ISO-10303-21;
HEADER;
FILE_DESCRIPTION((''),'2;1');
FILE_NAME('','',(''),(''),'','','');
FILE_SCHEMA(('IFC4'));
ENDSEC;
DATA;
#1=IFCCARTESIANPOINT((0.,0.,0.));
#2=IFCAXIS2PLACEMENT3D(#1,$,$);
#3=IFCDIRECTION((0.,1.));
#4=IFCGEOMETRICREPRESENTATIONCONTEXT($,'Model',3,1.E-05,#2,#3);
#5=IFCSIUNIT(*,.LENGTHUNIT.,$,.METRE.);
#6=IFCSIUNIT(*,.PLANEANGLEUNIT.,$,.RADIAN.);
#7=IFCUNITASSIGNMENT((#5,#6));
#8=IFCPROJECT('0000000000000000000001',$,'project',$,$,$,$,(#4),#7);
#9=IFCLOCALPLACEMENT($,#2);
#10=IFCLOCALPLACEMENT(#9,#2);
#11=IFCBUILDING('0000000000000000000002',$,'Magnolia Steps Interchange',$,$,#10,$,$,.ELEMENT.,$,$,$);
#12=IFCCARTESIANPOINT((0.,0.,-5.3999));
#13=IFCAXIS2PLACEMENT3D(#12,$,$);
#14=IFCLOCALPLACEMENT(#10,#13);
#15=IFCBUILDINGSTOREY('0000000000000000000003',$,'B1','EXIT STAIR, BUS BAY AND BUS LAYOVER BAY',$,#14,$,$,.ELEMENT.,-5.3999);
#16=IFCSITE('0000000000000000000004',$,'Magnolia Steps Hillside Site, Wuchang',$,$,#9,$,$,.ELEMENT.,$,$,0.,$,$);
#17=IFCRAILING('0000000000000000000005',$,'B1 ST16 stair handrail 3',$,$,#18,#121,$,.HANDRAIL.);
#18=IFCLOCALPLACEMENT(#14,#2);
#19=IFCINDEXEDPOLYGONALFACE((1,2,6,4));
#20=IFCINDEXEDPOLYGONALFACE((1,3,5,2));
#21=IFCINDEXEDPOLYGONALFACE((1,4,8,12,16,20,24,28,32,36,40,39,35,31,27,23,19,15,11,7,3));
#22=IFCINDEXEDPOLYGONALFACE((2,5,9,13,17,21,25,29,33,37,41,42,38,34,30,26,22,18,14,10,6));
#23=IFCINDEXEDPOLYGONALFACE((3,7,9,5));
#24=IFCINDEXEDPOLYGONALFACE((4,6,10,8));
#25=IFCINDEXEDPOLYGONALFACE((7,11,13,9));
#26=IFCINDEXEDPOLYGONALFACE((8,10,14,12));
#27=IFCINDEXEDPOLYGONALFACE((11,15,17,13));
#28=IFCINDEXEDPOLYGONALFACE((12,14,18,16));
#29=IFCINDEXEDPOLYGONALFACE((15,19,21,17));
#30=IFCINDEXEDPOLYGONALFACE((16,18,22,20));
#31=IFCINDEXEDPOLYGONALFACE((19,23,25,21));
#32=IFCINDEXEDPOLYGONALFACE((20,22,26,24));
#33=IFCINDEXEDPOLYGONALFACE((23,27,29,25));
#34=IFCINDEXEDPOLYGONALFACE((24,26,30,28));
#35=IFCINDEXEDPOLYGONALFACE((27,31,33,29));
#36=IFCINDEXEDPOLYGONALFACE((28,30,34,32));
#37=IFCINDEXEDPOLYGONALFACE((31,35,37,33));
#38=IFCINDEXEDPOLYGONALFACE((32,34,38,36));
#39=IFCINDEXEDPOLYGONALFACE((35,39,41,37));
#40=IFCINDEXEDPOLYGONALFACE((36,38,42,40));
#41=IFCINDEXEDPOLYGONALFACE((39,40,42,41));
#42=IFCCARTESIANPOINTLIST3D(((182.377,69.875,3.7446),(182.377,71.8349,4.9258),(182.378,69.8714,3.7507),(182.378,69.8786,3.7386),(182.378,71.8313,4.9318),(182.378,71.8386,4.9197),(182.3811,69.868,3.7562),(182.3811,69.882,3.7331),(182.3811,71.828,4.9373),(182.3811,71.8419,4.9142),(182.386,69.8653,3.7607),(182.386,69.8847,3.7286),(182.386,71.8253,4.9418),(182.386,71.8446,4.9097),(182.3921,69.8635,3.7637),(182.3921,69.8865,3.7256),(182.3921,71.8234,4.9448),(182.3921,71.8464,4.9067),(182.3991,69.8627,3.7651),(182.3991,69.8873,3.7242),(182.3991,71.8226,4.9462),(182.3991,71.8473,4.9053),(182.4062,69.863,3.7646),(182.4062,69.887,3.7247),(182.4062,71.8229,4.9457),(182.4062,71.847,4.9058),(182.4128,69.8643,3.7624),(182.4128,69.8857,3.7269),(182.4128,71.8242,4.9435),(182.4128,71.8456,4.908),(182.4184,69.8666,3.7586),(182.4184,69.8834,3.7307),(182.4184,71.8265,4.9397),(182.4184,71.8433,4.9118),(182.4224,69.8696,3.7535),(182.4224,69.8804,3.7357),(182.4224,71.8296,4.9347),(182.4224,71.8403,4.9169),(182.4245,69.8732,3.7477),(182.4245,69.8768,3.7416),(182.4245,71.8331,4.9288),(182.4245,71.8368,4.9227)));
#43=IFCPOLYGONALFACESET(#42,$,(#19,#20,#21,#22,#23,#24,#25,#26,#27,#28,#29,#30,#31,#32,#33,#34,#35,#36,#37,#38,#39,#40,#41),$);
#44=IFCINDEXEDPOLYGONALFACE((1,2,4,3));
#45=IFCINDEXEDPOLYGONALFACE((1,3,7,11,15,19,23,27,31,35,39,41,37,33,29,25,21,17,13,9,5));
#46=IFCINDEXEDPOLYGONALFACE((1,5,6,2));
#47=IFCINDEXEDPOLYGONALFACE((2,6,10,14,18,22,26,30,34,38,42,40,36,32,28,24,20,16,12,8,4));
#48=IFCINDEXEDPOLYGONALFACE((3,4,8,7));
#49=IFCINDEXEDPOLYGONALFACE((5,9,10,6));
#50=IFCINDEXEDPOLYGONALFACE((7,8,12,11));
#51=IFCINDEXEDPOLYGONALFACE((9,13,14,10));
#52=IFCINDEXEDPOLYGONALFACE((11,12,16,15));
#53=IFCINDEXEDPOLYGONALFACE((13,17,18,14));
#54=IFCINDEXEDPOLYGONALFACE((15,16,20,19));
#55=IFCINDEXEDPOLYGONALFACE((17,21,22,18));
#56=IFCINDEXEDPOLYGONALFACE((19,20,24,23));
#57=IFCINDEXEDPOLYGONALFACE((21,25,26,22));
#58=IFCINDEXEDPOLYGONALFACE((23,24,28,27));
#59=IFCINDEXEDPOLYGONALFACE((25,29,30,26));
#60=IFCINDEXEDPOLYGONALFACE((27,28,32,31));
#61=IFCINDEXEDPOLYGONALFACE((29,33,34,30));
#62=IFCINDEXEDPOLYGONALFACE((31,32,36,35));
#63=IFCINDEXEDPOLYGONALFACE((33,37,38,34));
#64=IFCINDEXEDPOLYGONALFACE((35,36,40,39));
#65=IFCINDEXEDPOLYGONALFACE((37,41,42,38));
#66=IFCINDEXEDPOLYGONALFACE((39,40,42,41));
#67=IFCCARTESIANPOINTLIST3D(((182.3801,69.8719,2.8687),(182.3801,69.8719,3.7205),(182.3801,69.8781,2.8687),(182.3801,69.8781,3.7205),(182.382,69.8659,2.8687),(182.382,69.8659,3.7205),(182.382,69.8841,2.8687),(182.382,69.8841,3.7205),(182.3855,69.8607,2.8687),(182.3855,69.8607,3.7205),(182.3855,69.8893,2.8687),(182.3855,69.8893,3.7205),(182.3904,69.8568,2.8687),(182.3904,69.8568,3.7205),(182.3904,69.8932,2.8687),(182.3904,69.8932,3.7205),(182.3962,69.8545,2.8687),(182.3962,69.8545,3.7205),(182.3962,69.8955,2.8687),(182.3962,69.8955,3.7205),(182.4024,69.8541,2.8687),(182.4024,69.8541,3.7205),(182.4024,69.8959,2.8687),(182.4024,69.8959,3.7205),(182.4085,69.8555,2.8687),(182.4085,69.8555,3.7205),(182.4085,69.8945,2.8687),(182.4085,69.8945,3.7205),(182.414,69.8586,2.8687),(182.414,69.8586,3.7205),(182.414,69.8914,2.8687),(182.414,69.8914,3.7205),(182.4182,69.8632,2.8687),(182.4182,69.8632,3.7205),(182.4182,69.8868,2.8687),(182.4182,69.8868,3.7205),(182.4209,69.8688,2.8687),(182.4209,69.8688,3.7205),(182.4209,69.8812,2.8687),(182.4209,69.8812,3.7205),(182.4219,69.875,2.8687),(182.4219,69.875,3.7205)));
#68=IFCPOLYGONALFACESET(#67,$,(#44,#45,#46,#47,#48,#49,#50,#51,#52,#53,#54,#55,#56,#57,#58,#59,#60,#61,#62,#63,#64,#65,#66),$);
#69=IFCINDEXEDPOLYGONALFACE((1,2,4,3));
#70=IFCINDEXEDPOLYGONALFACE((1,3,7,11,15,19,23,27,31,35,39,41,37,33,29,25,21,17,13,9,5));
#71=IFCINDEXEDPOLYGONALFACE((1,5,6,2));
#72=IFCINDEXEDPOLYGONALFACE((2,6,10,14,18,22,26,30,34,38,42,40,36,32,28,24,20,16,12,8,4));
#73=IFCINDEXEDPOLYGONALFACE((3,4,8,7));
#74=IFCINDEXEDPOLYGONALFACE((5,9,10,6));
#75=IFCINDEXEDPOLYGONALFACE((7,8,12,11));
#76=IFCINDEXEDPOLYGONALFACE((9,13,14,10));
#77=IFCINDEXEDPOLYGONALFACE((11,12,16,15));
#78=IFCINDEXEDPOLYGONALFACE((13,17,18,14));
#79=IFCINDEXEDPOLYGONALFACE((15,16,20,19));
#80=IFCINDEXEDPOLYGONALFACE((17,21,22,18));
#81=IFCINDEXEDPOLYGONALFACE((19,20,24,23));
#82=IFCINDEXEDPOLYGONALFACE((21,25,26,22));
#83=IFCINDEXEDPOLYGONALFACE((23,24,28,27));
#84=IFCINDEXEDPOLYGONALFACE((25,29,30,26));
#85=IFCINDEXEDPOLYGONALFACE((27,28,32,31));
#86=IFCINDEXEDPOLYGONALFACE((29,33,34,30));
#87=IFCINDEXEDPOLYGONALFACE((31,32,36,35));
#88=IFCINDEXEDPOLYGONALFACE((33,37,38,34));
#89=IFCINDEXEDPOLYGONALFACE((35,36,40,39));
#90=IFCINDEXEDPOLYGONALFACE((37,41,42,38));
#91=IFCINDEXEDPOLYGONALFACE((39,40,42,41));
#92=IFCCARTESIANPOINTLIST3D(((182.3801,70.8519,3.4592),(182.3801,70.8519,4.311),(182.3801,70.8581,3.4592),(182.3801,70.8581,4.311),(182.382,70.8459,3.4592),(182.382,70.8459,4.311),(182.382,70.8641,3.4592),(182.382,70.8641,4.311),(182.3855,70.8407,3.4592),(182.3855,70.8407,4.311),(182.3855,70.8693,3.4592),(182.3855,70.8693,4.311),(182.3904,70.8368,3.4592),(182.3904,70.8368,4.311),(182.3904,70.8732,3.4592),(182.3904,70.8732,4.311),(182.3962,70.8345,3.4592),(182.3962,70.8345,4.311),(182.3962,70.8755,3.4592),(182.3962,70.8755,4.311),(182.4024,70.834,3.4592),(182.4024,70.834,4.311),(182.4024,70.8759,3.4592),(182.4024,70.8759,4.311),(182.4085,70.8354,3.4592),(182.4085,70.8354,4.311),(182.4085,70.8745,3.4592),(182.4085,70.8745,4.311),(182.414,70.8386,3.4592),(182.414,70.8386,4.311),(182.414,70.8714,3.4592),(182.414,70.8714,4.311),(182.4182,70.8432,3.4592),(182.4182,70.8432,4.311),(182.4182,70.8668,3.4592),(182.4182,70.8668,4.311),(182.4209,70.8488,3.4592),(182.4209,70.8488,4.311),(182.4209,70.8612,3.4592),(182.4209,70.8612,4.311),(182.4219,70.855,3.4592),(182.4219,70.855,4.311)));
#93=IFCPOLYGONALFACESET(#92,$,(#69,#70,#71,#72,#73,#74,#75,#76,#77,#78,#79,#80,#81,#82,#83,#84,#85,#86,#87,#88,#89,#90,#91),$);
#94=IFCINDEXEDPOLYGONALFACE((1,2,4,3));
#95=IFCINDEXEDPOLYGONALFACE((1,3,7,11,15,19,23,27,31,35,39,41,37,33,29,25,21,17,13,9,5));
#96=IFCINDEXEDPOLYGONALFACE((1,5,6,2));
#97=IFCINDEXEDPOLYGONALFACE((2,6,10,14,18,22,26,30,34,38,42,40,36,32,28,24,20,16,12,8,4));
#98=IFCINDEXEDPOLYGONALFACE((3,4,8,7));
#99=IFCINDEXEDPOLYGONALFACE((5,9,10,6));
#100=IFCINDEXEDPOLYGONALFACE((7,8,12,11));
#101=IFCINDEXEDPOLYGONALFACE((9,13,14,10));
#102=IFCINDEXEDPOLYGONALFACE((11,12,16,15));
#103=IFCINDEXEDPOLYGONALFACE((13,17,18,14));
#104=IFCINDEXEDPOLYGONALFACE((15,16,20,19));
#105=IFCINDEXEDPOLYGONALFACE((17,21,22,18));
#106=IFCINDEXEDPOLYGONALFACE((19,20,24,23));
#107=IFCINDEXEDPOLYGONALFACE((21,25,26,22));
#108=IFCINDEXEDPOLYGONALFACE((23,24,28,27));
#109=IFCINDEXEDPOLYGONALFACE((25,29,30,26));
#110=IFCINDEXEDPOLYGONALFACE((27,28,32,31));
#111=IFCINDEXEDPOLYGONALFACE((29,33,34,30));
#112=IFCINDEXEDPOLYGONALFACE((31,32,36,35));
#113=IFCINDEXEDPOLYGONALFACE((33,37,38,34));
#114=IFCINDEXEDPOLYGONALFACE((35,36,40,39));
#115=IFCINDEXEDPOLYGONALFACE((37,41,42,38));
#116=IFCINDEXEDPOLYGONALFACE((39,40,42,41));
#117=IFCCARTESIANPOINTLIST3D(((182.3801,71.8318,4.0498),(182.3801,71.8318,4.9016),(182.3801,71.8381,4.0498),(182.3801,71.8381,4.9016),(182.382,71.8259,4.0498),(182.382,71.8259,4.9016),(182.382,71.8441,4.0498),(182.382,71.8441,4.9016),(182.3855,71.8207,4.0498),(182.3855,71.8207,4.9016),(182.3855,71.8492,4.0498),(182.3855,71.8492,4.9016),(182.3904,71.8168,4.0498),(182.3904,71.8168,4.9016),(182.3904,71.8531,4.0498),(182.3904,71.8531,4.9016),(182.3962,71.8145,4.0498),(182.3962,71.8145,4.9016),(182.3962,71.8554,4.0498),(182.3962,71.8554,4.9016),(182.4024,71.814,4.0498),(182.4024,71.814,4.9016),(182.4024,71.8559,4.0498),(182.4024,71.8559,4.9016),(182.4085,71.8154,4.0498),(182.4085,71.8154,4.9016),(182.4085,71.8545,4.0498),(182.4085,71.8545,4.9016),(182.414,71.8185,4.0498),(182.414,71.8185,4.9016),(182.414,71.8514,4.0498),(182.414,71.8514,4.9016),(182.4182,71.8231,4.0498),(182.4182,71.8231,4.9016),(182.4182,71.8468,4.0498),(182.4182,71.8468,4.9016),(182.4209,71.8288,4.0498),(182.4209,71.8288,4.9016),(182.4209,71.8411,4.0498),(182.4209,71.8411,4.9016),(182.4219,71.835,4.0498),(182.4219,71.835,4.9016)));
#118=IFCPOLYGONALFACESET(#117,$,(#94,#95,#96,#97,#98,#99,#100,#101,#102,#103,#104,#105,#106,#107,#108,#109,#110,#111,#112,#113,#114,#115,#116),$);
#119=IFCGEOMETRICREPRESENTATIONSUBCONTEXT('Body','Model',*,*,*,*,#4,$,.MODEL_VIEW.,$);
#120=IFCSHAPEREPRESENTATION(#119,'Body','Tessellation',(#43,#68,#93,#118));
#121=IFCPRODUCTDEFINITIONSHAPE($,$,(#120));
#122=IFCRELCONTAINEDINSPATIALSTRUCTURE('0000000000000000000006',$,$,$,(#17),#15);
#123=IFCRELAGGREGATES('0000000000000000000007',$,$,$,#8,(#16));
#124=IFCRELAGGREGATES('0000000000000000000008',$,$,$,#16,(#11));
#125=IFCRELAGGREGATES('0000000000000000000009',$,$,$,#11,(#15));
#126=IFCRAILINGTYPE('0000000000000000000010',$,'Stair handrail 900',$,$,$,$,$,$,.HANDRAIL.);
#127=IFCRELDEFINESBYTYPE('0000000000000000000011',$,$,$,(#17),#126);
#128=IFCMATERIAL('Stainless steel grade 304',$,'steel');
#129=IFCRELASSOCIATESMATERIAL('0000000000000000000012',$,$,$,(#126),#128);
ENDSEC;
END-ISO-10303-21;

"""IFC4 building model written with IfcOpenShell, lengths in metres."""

from ifc_helpers import new_model, si_unit, direction, frame, origin, origin_2d, place, context, subcontext, project, spatial, circle, extrude, material, type_object, element, save


model = new_model("IFC4")

# Units and contexts
model_context = context("Model", 3, precision=1e-05, world=origin(), true_north=direction((0.0, 1.0)))
body_context = subcontext(model_context, "Body", "Model", "MODEL_VIEW")
ifc_project = project(units=[si_unit("LENGTHUNIT", "METRE"), si_unit("PLANEANGLEUNIT", "RADIAN")], contexts=[model_context])

# Site, building, storey
site_placement = place(None, origin())
site = spatial("IfcSite", under=ifc_project, at=site_placement, Name="Magnolia Steps Hillside Site, Wuchang", CompositionType="ELEMENT", RefElevation=0.0)
building_placement = place(site_placement, origin())
building = spatial("IfcBuilding", under=site, at=building_placement, Name="Magnolia Steps Interchange", CompositionType="ELEMENT")
storey_placement = place(building_placement, frame((0.0, 0.0, -5.3999)))
storey = spatial("IfcBuildingStorey", under=building, at=storey_placement, Name="B1", Description="EXIT STAIR, BUS BAY AND BUS LAYOVER BAY", CompositionType="ELEMENT", Elevation=-5.3999)

# Railing
ifc_material_1 = material(Name="Stainless steel grade 304", Category="steel")
railing_type_1 = type_object("IfcRailingType", Name="Stair handrail 900", PredefinedType="HANDRAIL", material=ifc_material_1)
railing_1_placement = place(storey_placement, frame((182.4009, 69.875, 2.8687)))
element("IfcRailing", 1, at=railing_1_placement, inside=storey, type_object=railing_type_1, Name="B1 ST16 stair handrail 3", PredefinedType="HANDRAIL", context=body_context, shape_type="SweptSolid", body=[
    extrude(circle(Radius=0.0239, at=origin_2d()), frame((0.0, 0.0, 0.876), z_axis=(0.0, 0.856493, 0.516158), x_axis=(-1.0, 0.0, 0.0)), (0.0, 0.0, 1.0), 2.2883),
    extrude(circle(Radius=0.021, at=origin_2d()), origin(), (0.0, 0.0, 1.0), 0.8518),
    extrude(circle(Radius=0.021, at=origin_2d()), frame((0.0, 0.98, 0.5906)), (0.0, 0.0, 1.0), 0.8518),
    extrude(circle(Radius=0.021, at=origin_2d()), frame((0.0, 1.96, 1.1812)), (0.0, 0.0, 1.0), 0.8518),
])

save(model, "model.ifc")
